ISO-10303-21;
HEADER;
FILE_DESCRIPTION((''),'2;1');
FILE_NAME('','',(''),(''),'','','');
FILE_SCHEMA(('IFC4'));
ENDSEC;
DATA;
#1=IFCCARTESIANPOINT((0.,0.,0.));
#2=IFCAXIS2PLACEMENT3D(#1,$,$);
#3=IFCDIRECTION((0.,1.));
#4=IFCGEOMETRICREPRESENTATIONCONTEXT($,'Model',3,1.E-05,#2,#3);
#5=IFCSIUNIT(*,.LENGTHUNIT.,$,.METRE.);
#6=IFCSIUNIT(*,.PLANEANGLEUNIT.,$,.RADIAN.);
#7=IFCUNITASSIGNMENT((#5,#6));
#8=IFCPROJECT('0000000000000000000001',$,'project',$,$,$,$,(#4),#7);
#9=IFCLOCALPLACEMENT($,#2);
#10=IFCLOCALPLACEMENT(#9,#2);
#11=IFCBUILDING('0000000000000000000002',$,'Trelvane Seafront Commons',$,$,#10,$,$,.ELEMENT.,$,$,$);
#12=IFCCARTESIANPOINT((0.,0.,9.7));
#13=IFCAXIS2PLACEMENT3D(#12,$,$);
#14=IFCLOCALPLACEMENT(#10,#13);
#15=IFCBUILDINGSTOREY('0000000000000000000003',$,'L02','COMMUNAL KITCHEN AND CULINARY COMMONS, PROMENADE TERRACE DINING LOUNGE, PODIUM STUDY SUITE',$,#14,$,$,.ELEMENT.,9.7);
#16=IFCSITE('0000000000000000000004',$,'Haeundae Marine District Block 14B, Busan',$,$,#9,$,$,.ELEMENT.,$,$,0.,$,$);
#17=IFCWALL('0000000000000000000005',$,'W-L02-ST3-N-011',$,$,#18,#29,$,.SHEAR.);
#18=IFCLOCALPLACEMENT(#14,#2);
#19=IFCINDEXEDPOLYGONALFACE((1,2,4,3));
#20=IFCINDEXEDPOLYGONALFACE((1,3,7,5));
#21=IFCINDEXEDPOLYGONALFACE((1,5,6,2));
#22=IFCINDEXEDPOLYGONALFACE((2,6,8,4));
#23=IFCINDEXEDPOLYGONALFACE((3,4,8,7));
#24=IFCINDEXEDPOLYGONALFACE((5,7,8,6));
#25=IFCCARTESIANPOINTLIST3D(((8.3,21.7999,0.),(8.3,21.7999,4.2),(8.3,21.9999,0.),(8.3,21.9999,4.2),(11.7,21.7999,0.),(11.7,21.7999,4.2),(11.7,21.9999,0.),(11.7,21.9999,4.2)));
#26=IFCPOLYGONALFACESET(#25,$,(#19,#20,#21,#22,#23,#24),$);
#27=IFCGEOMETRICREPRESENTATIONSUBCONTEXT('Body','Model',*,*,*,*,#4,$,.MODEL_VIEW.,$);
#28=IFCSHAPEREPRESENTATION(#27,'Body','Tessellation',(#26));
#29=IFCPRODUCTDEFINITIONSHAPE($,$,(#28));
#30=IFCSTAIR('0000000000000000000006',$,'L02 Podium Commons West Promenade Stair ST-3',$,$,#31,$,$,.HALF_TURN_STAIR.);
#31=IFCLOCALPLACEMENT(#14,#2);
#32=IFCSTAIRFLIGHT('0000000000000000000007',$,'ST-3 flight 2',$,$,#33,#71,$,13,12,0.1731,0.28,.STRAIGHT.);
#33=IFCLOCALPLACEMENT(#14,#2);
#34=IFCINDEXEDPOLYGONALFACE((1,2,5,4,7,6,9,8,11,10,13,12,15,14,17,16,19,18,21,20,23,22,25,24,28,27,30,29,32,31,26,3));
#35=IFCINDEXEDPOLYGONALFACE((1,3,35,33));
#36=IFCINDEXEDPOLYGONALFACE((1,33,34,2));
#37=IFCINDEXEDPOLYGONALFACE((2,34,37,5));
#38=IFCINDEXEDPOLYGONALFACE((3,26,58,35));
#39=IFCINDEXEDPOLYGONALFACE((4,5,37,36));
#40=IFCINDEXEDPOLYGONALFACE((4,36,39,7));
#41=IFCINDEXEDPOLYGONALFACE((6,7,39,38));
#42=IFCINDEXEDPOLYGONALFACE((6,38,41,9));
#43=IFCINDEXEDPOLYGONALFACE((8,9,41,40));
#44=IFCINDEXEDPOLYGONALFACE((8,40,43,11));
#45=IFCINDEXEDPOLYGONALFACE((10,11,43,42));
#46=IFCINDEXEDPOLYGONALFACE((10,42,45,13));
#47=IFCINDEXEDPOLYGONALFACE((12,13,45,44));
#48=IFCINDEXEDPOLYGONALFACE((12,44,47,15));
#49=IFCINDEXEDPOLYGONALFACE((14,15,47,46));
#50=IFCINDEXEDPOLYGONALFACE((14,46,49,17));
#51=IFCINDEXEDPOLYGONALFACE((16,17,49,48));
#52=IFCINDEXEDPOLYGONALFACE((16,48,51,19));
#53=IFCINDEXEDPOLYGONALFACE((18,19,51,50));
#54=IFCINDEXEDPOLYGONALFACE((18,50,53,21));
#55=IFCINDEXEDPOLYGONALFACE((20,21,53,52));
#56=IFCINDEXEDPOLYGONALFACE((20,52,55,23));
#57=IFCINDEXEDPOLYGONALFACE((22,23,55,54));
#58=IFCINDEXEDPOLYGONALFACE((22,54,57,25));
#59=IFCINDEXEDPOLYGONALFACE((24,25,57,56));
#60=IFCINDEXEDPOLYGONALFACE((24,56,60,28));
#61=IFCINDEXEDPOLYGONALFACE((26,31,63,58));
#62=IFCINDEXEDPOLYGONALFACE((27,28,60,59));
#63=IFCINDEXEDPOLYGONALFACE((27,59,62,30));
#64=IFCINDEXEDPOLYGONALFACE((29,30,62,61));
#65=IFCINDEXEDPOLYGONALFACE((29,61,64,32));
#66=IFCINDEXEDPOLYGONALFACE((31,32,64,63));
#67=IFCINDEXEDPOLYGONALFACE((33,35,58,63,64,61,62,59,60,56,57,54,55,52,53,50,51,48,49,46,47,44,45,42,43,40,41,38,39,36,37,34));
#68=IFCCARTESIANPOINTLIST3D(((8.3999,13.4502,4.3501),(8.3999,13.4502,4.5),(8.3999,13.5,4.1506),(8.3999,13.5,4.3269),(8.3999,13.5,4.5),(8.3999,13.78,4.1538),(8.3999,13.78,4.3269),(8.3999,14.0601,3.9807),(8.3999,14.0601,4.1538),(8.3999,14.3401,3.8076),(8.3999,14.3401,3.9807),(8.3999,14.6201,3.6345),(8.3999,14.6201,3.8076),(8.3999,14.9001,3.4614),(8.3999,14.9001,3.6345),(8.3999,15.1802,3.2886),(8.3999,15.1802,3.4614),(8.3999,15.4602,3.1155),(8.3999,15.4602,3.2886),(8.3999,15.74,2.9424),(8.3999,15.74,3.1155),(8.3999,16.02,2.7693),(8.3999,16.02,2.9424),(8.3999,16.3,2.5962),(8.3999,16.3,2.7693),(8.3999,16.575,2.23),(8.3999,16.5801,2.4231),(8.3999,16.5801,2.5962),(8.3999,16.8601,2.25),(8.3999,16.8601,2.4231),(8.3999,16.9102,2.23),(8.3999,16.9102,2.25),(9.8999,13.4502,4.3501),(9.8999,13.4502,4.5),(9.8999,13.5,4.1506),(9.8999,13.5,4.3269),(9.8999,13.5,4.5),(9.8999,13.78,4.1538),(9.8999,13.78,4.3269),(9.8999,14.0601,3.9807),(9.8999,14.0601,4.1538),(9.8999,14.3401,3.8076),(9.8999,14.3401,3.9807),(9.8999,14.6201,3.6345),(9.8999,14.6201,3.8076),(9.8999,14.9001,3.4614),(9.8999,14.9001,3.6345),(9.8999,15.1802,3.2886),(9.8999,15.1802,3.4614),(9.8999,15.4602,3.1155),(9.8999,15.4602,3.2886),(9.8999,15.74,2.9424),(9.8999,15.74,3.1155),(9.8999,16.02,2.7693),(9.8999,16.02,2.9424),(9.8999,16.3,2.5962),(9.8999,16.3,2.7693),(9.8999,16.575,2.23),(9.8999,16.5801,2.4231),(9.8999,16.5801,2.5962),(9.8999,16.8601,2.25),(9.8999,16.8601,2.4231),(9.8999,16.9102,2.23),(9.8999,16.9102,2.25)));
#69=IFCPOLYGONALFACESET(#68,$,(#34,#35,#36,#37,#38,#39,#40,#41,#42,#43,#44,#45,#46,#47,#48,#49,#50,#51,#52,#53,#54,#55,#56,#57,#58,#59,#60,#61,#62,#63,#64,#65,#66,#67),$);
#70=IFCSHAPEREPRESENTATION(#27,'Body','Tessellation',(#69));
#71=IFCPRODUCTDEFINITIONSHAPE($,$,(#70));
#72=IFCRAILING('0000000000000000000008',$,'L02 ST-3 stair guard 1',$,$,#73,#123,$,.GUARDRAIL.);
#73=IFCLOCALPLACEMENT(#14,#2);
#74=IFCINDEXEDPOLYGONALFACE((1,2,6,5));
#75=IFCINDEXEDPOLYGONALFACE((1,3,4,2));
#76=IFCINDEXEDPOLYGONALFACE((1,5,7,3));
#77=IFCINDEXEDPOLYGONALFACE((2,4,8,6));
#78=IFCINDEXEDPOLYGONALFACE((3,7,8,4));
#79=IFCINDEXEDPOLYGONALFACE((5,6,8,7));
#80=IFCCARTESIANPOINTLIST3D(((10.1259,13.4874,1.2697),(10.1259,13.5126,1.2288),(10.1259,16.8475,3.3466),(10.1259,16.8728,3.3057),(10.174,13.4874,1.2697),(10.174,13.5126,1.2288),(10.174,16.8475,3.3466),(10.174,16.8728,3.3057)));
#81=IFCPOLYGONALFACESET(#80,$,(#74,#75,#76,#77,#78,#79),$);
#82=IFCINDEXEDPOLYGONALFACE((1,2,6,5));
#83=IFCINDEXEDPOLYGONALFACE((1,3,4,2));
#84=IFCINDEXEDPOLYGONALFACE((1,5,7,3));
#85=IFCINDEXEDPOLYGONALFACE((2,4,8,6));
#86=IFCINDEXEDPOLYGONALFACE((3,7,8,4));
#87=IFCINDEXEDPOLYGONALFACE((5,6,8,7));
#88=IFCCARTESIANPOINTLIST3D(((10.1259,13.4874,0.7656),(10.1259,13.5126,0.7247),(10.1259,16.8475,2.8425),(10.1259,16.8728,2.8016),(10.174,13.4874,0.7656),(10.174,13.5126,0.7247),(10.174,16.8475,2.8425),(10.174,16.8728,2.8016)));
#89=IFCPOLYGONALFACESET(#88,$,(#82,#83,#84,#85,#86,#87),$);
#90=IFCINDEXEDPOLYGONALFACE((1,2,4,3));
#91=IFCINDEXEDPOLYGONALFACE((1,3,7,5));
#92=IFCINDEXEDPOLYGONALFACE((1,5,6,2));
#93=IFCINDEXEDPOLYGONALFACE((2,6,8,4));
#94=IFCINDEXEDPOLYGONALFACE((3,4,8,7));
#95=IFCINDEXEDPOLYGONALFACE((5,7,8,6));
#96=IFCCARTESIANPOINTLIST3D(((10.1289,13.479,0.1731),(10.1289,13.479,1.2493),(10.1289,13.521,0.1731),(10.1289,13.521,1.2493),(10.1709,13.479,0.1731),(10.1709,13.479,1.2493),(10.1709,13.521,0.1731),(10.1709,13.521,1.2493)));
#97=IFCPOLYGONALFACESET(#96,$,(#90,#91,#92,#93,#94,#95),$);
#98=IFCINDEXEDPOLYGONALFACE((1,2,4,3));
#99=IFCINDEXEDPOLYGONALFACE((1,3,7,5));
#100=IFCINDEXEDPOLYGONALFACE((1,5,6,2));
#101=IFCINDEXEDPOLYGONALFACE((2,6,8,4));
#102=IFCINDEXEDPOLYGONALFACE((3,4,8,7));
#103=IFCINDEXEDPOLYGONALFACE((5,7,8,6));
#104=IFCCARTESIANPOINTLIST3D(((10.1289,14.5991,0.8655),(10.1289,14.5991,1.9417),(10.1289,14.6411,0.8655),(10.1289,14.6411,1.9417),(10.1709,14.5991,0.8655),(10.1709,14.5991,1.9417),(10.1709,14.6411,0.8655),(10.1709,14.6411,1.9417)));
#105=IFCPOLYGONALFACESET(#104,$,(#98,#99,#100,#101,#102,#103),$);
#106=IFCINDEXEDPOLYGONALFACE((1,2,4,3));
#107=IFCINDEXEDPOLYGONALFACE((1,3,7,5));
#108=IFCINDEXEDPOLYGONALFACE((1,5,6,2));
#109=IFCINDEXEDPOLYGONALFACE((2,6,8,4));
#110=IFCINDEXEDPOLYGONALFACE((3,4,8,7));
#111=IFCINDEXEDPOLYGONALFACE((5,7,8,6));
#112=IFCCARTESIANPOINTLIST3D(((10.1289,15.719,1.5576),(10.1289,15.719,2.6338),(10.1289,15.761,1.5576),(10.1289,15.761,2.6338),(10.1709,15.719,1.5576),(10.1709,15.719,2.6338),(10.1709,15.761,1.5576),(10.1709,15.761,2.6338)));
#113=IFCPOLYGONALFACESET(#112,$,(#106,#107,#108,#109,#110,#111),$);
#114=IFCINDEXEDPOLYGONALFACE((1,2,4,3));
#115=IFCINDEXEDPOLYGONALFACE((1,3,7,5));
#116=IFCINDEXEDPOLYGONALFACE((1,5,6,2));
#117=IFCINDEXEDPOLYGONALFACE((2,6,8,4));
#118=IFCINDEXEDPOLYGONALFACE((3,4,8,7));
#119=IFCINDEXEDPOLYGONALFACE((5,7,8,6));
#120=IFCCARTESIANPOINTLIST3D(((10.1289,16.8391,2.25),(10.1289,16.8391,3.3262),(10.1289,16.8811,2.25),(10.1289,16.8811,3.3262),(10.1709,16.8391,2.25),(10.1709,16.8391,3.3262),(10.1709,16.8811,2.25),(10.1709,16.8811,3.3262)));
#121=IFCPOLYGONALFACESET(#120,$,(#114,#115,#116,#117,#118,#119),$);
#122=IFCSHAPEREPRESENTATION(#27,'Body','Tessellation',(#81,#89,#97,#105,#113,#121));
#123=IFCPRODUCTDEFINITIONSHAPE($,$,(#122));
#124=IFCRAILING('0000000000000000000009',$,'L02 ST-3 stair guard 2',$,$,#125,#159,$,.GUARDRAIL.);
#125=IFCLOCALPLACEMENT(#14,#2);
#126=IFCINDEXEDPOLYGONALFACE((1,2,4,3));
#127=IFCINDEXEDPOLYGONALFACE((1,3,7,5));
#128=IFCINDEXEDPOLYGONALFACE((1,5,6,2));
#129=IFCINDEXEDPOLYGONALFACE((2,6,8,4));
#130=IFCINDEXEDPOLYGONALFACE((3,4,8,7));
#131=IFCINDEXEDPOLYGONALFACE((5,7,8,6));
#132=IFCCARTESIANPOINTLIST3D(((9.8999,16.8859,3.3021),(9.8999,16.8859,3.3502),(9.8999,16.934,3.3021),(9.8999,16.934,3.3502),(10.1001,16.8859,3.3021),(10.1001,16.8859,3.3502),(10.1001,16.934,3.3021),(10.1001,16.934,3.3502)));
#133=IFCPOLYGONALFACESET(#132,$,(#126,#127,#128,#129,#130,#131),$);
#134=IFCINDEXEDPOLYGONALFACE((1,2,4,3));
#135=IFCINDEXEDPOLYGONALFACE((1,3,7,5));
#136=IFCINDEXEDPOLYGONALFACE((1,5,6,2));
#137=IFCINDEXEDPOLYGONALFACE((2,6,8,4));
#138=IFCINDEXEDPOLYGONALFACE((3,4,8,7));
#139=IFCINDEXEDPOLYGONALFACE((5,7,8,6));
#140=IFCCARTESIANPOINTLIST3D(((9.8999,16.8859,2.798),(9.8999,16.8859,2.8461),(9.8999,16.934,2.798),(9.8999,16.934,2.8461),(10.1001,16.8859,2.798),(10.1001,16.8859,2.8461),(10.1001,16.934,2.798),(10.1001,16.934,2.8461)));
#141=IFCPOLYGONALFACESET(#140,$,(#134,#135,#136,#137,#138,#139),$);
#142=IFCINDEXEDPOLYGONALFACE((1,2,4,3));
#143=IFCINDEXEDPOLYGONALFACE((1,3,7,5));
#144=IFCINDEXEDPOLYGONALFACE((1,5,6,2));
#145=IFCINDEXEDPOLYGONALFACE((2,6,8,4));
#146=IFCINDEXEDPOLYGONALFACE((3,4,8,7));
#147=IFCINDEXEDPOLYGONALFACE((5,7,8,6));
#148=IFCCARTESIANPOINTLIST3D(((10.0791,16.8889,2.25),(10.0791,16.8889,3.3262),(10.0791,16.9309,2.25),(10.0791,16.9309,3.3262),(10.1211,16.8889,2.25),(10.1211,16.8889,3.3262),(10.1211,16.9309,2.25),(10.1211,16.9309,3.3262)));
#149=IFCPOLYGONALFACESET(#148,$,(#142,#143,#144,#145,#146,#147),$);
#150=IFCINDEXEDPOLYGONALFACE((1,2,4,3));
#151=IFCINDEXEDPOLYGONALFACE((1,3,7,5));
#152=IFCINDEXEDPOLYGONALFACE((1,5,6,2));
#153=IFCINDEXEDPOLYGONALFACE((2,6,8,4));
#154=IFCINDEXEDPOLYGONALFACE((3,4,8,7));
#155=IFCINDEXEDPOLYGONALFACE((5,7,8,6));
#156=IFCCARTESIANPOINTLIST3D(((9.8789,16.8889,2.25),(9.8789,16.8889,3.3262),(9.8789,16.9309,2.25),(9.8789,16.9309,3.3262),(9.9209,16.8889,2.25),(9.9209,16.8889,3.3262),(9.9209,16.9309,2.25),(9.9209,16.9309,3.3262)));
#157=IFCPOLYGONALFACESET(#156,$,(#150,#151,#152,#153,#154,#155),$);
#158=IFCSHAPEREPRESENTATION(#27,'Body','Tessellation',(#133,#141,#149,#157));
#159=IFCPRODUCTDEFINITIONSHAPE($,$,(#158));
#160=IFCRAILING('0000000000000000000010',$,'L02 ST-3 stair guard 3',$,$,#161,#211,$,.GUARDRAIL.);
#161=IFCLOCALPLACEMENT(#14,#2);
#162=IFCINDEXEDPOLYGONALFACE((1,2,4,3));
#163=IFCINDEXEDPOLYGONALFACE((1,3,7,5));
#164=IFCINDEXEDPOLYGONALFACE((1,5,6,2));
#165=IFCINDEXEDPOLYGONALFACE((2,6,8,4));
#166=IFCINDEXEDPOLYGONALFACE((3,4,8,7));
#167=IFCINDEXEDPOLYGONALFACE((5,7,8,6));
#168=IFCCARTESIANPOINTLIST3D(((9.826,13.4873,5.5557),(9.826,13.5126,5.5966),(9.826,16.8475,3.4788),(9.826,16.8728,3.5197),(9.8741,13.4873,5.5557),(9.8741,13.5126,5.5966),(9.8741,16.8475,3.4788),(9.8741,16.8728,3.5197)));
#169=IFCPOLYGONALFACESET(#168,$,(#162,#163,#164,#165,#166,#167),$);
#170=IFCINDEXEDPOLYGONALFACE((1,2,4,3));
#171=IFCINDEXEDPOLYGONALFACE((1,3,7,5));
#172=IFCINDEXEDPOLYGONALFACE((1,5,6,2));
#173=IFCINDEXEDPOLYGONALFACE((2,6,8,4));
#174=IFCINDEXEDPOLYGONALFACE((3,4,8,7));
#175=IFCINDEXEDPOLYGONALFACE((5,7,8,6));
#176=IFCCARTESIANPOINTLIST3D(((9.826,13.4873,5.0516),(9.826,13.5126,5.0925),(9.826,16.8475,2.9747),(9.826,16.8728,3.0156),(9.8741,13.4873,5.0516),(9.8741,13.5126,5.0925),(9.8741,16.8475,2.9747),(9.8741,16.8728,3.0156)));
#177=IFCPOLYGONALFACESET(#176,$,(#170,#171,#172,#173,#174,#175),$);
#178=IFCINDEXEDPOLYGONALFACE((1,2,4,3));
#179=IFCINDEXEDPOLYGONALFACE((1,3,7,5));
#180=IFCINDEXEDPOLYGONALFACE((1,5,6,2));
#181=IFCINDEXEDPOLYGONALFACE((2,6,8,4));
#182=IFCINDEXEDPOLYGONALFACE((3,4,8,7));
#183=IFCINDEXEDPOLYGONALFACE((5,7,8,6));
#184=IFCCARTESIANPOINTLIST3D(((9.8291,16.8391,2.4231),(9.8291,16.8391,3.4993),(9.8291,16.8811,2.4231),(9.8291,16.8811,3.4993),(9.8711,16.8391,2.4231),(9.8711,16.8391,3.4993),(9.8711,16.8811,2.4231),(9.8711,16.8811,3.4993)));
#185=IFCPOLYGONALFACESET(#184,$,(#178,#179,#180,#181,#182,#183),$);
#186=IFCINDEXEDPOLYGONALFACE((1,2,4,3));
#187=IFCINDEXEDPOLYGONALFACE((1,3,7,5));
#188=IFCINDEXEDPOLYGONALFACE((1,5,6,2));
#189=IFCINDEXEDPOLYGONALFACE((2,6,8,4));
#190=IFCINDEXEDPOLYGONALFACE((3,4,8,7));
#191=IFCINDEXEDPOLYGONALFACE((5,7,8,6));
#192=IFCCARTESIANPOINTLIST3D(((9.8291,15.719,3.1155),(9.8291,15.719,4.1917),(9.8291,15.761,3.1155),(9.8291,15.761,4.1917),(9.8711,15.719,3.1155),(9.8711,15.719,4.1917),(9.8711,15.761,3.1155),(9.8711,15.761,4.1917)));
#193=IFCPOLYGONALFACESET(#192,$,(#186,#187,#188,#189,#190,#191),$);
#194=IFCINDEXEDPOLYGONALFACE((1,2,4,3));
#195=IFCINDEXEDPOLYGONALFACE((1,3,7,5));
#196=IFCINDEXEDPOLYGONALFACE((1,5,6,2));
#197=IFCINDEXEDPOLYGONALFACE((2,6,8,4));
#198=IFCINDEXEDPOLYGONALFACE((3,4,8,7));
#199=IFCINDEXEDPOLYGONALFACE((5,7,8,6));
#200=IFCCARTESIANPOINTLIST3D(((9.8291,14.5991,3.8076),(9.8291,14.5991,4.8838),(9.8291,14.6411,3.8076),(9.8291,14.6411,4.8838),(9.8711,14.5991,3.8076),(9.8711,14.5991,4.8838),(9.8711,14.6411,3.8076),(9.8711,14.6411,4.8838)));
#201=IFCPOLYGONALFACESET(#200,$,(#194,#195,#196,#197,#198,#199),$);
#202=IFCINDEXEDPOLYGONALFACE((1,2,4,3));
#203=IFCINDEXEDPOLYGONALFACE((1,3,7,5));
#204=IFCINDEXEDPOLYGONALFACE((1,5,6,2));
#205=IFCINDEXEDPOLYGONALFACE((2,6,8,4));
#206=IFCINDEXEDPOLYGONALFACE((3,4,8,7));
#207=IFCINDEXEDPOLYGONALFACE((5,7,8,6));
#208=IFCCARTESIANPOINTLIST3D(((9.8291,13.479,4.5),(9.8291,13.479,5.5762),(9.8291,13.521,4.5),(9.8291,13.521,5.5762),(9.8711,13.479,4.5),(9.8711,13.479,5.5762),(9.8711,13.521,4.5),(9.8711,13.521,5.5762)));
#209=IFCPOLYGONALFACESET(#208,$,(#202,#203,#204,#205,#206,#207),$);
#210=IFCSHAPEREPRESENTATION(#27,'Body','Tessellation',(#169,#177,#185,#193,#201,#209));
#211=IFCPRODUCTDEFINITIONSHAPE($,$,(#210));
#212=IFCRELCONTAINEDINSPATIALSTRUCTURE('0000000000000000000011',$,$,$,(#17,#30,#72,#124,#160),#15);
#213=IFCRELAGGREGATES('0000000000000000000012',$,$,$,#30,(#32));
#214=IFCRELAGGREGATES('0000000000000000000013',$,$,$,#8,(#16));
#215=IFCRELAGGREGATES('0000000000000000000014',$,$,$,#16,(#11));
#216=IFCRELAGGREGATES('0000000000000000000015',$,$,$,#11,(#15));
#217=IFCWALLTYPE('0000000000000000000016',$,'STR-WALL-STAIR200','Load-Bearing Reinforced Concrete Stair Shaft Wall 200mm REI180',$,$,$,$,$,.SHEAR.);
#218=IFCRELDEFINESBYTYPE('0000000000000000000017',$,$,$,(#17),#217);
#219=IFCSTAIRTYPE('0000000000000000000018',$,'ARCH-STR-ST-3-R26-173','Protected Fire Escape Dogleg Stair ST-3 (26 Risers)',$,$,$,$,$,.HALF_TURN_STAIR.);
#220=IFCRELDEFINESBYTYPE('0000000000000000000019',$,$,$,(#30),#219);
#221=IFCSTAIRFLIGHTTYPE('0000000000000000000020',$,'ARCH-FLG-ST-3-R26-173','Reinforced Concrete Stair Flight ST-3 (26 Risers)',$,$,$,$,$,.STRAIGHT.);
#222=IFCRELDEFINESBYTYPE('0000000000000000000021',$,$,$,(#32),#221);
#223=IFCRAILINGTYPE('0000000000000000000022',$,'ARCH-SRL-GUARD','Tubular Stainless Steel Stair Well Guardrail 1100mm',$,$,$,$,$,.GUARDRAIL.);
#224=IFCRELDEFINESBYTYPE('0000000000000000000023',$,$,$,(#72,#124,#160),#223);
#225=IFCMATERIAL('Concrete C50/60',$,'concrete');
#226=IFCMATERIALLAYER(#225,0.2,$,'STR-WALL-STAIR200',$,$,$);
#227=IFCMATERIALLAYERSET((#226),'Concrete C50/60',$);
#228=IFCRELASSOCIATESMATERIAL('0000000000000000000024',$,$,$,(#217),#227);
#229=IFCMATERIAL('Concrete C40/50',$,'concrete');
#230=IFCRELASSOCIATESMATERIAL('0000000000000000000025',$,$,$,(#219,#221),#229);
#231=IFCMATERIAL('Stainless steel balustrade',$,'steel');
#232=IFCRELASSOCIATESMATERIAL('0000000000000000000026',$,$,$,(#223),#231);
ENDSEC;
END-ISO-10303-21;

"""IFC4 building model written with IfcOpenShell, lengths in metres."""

from ifc_helpers import new_model, si_unit, direction, frame, frame_2d, origin, origin_2d, place, context, subcontext, project, spatial, polyline, rectangle, outline, extrude, source, transform, mapped, material, layer, layer_set, type_object, element, aggregate, save


model = new_model("IFC4")

# Units and contexts
model_context = context("Model", 3, precision=1e-05, world=origin(), true_north=direction((0.0, 1.0)))
body_context = subcontext(model_context, "Body", "Model", "MODEL_VIEW")
ifc_project = project(units=[si_unit("LENGTHUNIT", "METRE"), si_unit("PLANEANGLEUNIT", "RADIAN")], contexts=[model_context])

# Site, building, storey
site_placement = place(None, origin())
site = spatial("IfcSite", under=ifc_project, at=site_placement, Name="Haeundae Marine District Block 14B, Busan", CompositionType="ELEMENT", RefElevation=0.0)
building_placement = place(site_placement, origin())
building = spatial("IfcBuilding", under=site, at=building_placement, Name="Trelvane Seafront Commons", CompositionType="ELEMENT")
storey_placement = place(building_placement, frame((0.0, 0.0, 9.7)))
storey = spatial("IfcBuildingStorey", under=building, at=storey_placement, Name="L02", Description="COMMUNAL KITCHEN AND CULINARY COMMONS, PROMENADE TERRACE DINING LOUNGE, PODIUM STUDY SUITE", CompositionType="ELEMENT", Elevation=9.7)

# Shared definitions
ifc_material_1 = material(Name="Concrete C50/60", Category="concrete")

# Shared definitions
ifc_layer_1 = layer(ifc_material_1, 0.2, Name="STR-WALL-STAIR200")
ifc_layer_set_1 = layer_set([ifc_layer_1], Name="Concrete C50/60")
wall_type_1 = type_object("IfcWallType", Name="STR-WALL-STAIR200", Description="Load-Bearing Reinforced Concrete Stair Shaft Wall 200mm REI180", PredefinedType="SHEAR", material=ifc_layer_set_1)

# Wall
wall_1_placement = place(storey_placement, frame((8.3, 21.8999, 0.0), z_axis=(0.0, 0.0, 1.0), x_axis=(1.0, 0.0, 0.0)))
element("IfcWall", 1, at=wall_1_placement, inside=storey, type_object=wall_type_1, Name="W-L02-ST3-N-011", PredefinedType="SHEAR", context=body_context, shape_type="SweptSolid", body=[
    extrude(rectangle(XDim=3.3999, YDim=0.2, at=frame_2d((1.7, 0.0))), origin(), (0.0, 0.0, 1.0), 4.2),
])

# Stair, stair flight
ifc_material_2 = material(Name="Concrete C40/50", Category="concrete")
stair_type = type_object("IfcStairType", Name="ARCH-STR-ST-3-R26-173", Description="Protected Fire Escape Dogleg Stair ST-3 (26 Risers)", PredefinedType="HALF_TURN_STAIR", material=ifc_material_2)
stair_placement = place(storey_placement, origin())
stair = element("IfcStair", 2, at=stair_placement, inside=storey, type_object=stair_type, Name="L02 Podium Commons West Promenade Stair ST-3", PredefinedType="HALF_TURN_STAIR")
stair_flight_type = type_object("IfcStairFlightType", Name="ARCH-FLG-ST-3-R26-173", Description="Reinforced Concrete Stair Flight ST-3 (26 Risers)", PredefinedType="STRAIGHT", material=ifc_material_2)
shared_shape_1 = source(origin(), body_context, "Body", "SweptSolid", [
    extrude(outline(polyline([(-0.05, -0.02), (-0.05, 0.0), (0.0, 0.0), (0.0, 0.1731), (0.28, 0.1731), (0.28, 0.3462), (0.5601, 0.3462), (0.5601, 0.5193), (0.8401, 0.5193), (0.8401, 0.6924), (1.1201, 0.6924), (1.1201, 0.8655), (1.3999, 0.8655), (1.3999, 1.0386), (1.6799, 1.0386), (1.6799, 1.2114), (1.96, 1.2114), (1.96, 1.3845), (2.24, 1.3845), (2.24, 1.5576), (2.52, 1.5576), (2.52, 1.7307), (2.8, 1.7307), (2.8, 1.9038), (3.0801, 1.9038), (3.0801, 2.0769), (3.3601, 2.0769), (3.3601, 2.25), (3.4099, 2.25), (3.4099, 2.1001), (3.3601, 1.9006), (0.2852, -0.02), (-0.05, -0.02)])), frame((0.0, 0.75, 0.0), z_axis=(0.0, -1.0, 0.0), x_axis=(1.0, 0.0, 0.0)), (0.0, 0.0, 1.0), 1.5),
])
stair_flight_placement = place(storey_placement, frame((9.1499, 16.8601, 2.25), z_axis=(0.0, 0.0, 1.0), x_axis=(0.0, -1.0, 0.0)))
stair_flight = element("IfcStairFlight", 3, at=stair_flight_placement, type_object=stair_flight_type, Name="ST-3 flight 2", NumberOfRisers=13, NumberOfTreads=12, PredefinedType="STRAIGHT", RiserHeight=0.1731, TreadLength=0.28, context=body_context, shape_type="MappedRepresentation", body=[
    mapped(shared_shape_1, transform((0.0, 0.0, 0.0), x_axis=(1.0, 0.0, 0.0), y_axis=(0.0, 1.0, 0.0), z_axis=(0.0, 0.0, 1.0), scale=1.0)),
])
aggregate(stair, [stair_flight])

# Railings
ifc_material_3 = material(Name="Stainless steel balustrade", Category="steel")
railing_type_1 = type_object("IfcRailingType", Name="ARCH-SRL-GUARD", Description="Tubular Stainless Steel Stair Well Guardrail 1100mm", PredefinedType="GUARDRAIL", material=ifc_material_3)
railing_1_placement = place(storey_placement, frame((10.1499, 13.5, 0.1731)))
element("IfcRailing", 4, at=railing_1_placement, inside=storey, type_object=railing_type_1, Name="L02 ST-3 stair guard 1", PredefinedType="GUARDRAIL", context=body_context, shape_type="SweptSolid", body=[
    extrude(rectangle(XDim=0.0481, YDim=0.0481, at=origin_2d()), frame((0.0, 0.0, 1.0762), z_axis=(0.0, 0.850623, 0.525776), x_axis=(-1.0, 0.0, 0.0)), (0.0, 0.0, 1.0), 3.9502),
    extrude(rectangle(XDim=0.0481, YDim=0.0481, at=origin_2d()), frame((0.0, 0.0, 0.572), z_axis=(0.0, 0.850623, 0.525776), x_axis=(-1.0, 0.0, 0.0)), (0.0, 0.0, 1.0), 3.9502),
    extrude(rectangle(XDim=0.042, YDim=0.042, at=origin_2d()), origin(), (0.0, 0.0, 1.0), 1.0762),
    extrude(rectangle(XDim=0.042, YDim=0.042, at=origin_2d()), frame((0.0, 1.1201, 0.6924)), (0.0, 0.0, 1.0), 1.0762),
    extrude(rectangle(XDim=0.042, YDim=0.042, at=origin_2d()), frame((0.0, 2.24, 1.3845)), (0.0, 0.0, 1.0), 1.0762),
    extrude(rectangle(XDim=0.042, YDim=0.042, at=origin_2d()), frame((0.0, 3.3601, 2.0769)), (0.0, 0.0, 1.0), 1.0762),
])
railing_2_placement = place(storey_placement, frame((10.1001, 16.9099, 2.25)))
element("IfcRailing", 5, at=railing_2_placement, inside=storey, type_object=railing_type_1, Name="L02 ST-3 stair guard 2", PredefinedType="GUARDRAIL", context=body_context, shape_type="SweptSolid", body=[
    extrude(rectangle(XDim=0.0481, YDim=0.0481, at=origin_2d()), frame((0.0, 0.0, 1.0762), z_axis=(-1.0, 0.0, 0.0), x_axis=(0.0, -1.0, 0.0)), (0.0, 0.0, 1.0), 0.2002),
    extrude(rectangle(XDim=0.0481, YDim=0.0481, at=origin_2d()), frame((0.0, 0.0, 0.572), z_axis=(-1.0, 0.0, 0.0), x_axis=(0.0, -1.0, 0.0)), (0.0, 0.0, 1.0), 0.2002),
    extrude(rectangle(XDim=0.042, YDim=0.042, at=origin_2d()), origin(), (0.0, 0.0, 1.0), 1.0762),
    extrude(rectangle(XDim=0.042, YDim=0.042, at=origin_2d()), frame((-0.2002, 0.0, 0.0)), (0.0, 0.0, 1.0), 1.0762),
])
railing_3_placement = place(storey_placement, frame((9.8501, 16.8601, 2.4231)))
element("IfcRailing", 6, at=railing_3_placement, inside=storey, type_object=railing_type_1, Name="L02 ST-3 stair guard 3", PredefinedType="GUARDRAIL", context=body_context, shape_type="SweptSolid", body=[
    extrude(rectangle(XDim=0.0481, YDim=0.0481, at=origin_2d()), frame((0.0, 0.0, 1.0762), z_axis=(0.0, -0.850623, 0.525776), x_axis=(1.0, 0.0, 0.0)), (0.0, 0.0, 1.0), 3.9502),
    extrude(rectangle(XDim=0.0481, YDim=0.0481, at=origin_2d()), frame((0.0, 0.0, 0.572), z_axis=(0.0, -0.850623, 0.525776), x_axis=(1.0, 0.0, 0.0)), (0.0, 0.0, 1.0), 3.9502),
    extrude(rectangle(XDim=0.042, YDim=0.042, at=origin_2d()), origin(), (0.0, 0.0, 1.0), 1.0762),
    extrude(rectangle(XDim=0.042, YDim=0.042, at=origin_2d()), frame((0.0, -1.1201, 0.6924)), (0.0, 0.0, 1.0), 1.0762),
    extrude(rectangle(XDim=0.042, YDim=0.042, at=origin_2d()), frame((0.0, -2.24, 1.3845)), (0.0, 0.0, 1.0), 1.0762),
    extrude(rectangle(XDim=0.042, YDim=0.042, at=origin_2d()), frame((0.0, -3.3601, 2.0769)), (0.0, 0.0, 1.0), 1.0762),
])

save(model, "model.ifc")
